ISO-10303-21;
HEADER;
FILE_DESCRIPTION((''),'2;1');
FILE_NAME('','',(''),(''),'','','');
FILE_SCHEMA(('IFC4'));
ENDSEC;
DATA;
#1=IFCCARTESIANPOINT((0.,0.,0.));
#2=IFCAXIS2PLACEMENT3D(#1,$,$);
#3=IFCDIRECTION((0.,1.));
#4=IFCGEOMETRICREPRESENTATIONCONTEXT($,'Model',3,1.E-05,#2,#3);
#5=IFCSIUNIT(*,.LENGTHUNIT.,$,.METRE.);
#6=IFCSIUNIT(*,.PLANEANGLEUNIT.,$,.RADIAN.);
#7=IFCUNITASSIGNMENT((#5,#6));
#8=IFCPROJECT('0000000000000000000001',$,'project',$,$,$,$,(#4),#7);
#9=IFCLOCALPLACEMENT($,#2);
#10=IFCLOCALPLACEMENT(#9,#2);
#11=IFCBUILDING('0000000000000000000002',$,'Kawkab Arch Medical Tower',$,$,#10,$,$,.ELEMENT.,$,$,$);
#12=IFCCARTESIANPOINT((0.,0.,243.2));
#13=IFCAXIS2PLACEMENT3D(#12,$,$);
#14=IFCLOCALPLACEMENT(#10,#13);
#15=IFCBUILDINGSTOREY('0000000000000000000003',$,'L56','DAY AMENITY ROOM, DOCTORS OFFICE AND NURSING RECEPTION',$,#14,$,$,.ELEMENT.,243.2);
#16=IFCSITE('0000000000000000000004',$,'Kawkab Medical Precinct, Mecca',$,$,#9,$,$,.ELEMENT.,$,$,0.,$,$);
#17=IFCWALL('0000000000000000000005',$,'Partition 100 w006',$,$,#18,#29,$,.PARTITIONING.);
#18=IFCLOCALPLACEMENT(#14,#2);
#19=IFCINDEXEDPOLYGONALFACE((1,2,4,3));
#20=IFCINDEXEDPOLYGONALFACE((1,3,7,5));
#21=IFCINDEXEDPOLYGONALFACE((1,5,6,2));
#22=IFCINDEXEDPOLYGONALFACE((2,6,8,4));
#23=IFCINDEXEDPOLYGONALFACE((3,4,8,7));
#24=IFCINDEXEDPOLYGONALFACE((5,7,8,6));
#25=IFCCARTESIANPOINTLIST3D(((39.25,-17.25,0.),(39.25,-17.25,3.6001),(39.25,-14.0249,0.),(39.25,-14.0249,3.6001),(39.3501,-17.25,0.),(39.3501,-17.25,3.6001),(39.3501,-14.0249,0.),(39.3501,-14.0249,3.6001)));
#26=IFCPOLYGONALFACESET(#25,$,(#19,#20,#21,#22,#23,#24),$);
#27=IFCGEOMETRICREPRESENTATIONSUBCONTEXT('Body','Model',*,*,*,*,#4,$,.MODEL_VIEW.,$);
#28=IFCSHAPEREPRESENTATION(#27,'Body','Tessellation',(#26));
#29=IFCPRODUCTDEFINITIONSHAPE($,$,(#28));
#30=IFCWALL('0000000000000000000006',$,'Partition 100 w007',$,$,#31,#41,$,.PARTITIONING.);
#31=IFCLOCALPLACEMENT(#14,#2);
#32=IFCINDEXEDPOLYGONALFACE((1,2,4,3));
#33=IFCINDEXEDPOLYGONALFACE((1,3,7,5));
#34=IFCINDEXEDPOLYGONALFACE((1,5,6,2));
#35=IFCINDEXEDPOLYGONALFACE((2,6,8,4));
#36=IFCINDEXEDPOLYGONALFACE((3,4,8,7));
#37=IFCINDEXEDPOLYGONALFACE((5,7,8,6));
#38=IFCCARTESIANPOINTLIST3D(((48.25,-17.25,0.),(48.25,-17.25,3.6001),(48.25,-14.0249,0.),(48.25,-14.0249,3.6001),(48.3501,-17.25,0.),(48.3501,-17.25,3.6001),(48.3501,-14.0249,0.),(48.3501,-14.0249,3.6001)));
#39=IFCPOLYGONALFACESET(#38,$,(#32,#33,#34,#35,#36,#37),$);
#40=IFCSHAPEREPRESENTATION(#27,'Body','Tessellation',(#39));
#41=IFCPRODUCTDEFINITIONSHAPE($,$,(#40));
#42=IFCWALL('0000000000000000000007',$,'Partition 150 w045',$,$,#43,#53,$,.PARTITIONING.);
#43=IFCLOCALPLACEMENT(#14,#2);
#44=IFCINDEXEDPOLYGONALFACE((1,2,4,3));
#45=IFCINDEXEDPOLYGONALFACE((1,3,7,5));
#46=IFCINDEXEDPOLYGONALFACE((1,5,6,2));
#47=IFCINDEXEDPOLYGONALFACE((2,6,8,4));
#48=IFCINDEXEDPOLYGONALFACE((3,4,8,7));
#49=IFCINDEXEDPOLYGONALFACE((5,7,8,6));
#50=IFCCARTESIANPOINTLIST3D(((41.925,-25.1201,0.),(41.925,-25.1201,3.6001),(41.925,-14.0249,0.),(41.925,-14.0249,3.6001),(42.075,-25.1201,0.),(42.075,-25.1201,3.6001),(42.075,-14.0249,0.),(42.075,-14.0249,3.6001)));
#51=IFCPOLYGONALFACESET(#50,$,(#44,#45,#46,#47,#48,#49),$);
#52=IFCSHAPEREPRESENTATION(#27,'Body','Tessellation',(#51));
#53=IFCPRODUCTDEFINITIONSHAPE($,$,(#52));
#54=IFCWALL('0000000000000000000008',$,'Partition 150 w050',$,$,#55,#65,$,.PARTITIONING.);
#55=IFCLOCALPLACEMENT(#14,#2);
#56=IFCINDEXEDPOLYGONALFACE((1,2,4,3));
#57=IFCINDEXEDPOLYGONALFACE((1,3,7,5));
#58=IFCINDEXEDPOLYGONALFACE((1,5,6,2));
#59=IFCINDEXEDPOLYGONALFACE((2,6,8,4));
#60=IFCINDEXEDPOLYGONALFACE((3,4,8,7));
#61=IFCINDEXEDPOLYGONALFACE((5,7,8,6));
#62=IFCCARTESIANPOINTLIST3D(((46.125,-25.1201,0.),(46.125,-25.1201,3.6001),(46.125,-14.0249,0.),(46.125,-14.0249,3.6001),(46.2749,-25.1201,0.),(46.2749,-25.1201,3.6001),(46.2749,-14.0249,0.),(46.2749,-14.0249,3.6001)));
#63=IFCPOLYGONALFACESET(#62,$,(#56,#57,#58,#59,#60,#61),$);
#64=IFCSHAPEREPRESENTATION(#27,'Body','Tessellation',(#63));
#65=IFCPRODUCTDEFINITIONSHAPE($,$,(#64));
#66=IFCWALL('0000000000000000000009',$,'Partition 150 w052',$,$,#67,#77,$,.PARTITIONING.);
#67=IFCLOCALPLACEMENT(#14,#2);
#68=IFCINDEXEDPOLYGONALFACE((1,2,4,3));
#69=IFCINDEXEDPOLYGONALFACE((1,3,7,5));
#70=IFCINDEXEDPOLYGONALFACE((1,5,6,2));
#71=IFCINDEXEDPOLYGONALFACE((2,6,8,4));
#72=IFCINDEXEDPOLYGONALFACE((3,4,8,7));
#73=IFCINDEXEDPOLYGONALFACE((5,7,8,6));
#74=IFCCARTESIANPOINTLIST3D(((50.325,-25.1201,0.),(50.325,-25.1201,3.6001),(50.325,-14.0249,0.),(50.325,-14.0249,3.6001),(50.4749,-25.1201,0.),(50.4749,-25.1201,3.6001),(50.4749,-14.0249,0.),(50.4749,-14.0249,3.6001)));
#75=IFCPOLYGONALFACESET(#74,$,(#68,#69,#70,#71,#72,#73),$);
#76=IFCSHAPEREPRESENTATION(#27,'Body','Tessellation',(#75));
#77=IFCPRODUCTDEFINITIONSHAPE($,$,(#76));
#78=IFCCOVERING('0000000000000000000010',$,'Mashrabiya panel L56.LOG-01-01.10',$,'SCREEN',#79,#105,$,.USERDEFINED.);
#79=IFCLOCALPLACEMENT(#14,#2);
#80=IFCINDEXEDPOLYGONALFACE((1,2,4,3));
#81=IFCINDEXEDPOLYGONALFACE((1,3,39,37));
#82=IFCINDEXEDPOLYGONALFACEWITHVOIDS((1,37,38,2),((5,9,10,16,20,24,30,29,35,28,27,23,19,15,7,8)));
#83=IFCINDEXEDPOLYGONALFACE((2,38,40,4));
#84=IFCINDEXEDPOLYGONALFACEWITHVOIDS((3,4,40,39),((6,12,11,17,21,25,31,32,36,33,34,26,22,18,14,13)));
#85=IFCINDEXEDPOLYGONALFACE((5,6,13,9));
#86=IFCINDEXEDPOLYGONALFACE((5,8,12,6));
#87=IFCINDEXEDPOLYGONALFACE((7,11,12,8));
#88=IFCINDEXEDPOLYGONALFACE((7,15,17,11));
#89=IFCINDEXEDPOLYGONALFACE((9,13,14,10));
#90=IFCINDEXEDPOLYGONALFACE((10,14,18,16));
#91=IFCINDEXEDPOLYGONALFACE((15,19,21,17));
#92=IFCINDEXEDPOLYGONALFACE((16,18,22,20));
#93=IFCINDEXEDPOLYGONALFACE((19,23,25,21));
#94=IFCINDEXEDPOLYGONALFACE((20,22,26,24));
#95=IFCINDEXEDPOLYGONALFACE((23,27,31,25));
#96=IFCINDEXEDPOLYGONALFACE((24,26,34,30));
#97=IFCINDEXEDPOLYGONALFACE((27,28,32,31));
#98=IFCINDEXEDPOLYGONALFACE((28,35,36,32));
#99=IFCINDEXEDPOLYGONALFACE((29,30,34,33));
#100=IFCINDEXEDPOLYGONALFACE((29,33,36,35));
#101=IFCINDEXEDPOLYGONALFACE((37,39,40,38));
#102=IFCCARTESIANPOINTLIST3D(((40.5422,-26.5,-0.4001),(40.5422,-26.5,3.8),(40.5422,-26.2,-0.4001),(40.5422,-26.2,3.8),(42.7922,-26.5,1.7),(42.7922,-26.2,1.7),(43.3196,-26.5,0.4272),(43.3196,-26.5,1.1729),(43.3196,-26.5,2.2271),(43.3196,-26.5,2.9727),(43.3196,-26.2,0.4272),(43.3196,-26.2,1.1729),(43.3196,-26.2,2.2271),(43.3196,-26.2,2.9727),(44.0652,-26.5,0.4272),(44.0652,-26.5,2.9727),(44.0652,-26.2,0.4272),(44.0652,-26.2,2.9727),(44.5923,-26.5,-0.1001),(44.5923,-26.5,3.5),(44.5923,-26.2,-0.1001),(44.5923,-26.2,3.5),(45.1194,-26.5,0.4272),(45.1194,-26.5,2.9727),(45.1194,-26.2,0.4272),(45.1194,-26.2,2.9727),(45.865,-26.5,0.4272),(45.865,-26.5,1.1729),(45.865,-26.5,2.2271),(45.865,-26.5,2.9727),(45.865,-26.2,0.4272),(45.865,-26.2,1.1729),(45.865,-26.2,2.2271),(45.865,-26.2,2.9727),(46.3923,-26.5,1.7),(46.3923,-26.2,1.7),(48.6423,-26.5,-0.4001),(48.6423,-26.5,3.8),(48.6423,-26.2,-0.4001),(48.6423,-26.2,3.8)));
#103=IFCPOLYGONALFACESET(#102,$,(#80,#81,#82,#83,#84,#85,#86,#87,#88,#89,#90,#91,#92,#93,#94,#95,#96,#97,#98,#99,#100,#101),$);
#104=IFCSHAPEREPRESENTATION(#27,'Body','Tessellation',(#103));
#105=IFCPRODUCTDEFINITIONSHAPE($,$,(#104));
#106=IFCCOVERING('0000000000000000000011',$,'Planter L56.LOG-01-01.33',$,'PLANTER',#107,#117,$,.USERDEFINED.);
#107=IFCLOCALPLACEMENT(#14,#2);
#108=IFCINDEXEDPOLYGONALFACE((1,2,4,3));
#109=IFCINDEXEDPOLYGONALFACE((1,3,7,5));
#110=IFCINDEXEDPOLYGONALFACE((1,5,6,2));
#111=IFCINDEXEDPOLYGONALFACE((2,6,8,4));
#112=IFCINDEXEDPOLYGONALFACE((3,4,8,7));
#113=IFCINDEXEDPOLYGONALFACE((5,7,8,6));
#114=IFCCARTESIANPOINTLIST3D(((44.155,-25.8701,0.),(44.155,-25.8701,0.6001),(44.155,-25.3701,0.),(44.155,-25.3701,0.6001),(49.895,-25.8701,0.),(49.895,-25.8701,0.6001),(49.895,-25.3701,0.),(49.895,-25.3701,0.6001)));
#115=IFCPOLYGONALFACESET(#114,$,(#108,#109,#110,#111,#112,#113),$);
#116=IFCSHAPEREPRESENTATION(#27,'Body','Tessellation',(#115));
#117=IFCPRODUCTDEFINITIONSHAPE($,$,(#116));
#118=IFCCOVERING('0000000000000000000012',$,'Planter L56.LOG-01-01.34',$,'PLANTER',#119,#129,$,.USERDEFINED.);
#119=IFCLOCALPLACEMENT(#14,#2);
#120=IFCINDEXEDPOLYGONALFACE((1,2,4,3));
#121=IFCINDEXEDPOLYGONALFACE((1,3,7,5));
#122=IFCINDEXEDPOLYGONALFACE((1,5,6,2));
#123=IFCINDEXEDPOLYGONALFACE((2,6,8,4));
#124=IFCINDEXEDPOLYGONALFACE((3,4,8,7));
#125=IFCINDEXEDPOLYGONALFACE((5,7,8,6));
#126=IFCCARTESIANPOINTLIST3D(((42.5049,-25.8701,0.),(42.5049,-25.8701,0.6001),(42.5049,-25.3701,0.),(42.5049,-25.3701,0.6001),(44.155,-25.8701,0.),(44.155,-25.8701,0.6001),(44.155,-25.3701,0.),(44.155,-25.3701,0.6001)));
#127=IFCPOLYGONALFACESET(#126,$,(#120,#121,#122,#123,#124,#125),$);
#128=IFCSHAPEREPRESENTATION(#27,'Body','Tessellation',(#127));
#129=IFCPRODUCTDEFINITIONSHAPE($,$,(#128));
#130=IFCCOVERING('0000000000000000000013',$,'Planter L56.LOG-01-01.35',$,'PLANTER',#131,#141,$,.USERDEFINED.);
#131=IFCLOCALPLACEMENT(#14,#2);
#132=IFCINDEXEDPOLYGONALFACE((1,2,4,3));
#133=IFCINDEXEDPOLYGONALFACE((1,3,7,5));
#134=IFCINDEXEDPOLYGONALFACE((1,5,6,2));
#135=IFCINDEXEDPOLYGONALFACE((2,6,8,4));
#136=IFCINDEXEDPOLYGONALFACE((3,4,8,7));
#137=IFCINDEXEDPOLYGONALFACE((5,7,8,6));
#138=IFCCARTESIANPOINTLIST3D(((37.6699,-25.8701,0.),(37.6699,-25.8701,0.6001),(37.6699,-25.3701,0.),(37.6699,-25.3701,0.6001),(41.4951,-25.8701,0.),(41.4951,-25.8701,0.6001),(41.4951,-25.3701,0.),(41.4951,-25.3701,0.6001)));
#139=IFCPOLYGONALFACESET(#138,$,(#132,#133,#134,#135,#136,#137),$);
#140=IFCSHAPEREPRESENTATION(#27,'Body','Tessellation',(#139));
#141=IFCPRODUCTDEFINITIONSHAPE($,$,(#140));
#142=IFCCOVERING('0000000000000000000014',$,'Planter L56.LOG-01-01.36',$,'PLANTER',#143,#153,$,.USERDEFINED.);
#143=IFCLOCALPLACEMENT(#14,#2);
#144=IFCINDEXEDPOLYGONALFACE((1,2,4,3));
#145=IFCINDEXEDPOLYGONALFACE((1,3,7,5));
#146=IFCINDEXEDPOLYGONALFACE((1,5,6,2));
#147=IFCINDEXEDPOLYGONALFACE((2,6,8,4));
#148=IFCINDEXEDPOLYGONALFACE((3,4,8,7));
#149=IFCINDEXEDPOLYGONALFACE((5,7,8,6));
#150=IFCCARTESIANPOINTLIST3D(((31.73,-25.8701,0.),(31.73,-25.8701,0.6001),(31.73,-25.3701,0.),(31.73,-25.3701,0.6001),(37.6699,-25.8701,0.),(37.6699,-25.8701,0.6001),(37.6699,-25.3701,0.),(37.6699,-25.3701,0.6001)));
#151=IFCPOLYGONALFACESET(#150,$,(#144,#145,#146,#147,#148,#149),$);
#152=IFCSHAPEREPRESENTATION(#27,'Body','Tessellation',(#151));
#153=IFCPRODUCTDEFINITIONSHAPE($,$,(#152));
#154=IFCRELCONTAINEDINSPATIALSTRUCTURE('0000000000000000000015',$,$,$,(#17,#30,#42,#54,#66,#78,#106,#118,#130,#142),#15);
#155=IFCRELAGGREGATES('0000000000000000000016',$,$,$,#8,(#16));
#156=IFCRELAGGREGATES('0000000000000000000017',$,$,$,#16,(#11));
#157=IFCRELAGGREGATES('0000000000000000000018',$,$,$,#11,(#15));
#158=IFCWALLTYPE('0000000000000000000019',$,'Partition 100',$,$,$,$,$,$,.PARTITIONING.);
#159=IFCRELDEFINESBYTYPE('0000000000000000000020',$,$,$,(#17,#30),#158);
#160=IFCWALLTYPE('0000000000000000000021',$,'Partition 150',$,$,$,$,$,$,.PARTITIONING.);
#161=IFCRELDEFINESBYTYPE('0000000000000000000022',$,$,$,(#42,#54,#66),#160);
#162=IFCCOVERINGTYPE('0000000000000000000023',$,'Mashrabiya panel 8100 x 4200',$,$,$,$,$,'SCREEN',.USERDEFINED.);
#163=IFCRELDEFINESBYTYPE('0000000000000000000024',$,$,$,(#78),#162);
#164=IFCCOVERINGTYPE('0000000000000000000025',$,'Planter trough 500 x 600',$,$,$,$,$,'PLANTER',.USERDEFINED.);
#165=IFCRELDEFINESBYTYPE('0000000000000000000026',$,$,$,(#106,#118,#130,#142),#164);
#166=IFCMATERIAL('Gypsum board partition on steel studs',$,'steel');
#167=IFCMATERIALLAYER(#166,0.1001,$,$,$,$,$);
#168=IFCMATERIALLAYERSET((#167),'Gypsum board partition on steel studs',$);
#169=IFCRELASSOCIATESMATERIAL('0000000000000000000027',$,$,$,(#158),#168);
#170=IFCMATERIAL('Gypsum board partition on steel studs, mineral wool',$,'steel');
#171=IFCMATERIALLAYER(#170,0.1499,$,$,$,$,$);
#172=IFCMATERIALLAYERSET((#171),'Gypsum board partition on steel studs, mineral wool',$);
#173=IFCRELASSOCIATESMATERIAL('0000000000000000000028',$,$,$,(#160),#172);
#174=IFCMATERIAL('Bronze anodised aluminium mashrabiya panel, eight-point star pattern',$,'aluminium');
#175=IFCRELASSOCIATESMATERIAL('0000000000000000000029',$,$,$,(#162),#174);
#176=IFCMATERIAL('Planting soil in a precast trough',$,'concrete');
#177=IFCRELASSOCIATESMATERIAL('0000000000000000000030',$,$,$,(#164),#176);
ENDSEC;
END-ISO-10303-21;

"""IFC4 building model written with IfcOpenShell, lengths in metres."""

from ifc_helpers import new_model, si_unit, direction, frame, frame_2d, origin, origin_2d, place, context, subcontext, project, spatial, polyline, rectangle, outline, extrude, material, layer, layer_set, material_profile, profile_set, type_object, element, save


model = new_model("IFC4")

# Units and contexts
model_context = context("Model", 3, precision=1e-05, world=origin(), true_north=direction((0.0, 1.0)))
body_context = subcontext(model_context, "Body", "Model", "MODEL_VIEW")
ifc_project = project(units=[si_unit("LENGTHUNIT", "METRE"), si_unit("PLANEANGLEUNIT", "RADIAN")], contexts=[model_context])

# Site, building, storey
site_placement = place(None, origin())
site = spatial("IfcSite", under=ifc_project, at=site_placement, Name="Kawkab Medical Precinct, Mecca", CompositionType="ELEMENT", RefElevation=0.0)
building_placement = place(site_placement, origin())
building = spatial("IfcBuilding", under=site, at=building_placement, Name="Kawkab Arch Medical Tower", CompositionType="ELEMENT")
storey_placement = place(building_placement, frame((0.0, 0.0, 243.2)))
storey = spatial("IfcBuildingStorey", under=building, at=storey_placement, Name="L56", Description="DAY AMENITY ROOM, DOCTORS OFFICE AND NURSING RECEPTION", CompositionType="ELEMENT", Elevation=243.2)

# Shared definitions
ifc_material_1 = material(Name="Gypsum board partition on steel studs", Category="steel")
ifc_layer_1 = layer(ifc_material_1, 0.1001)
ifc_layer_set_1 = layer_set([ifc_layer_1], Name="Gypsum board partition on steel studs")
wall_type_1 = type_object("IfcWallType", Name="Partition 100", PredefinedType="PARTITIONING", material=ifc_layer_set_1)

# Walls
for number, where, z_axis, x_axis, name in (
    (1, (39.3, -17.25, 0.0), (0.0, 0.0, 1.0), (0.0, 1.0, 0.0), "Partition 100 w006"),
    (2, (48.3, -17.25, 0.0), (0.0, 0.0, 1.0), (0.0, 1.0, 0.0), "Partition 100 w007"),
):
    element("IfcWall", number, at=place(storey_placement, frame(where, z_axis=z_axis, x_axis=x_axis)), inside=storey, type_object=wall_type_1, Name=name, PredefinedType="PARTITIONING", context=body_context, shape_type="SweptSolid", body=[
        extrude(rectangle(XDim=3.2251, YDim=0.1001, at=frame_2d((1.6125, 0.0))), origin(), (0.0, 0.0, 1.0), 3.6001),
    ])
ifc_material_2 = material(Name="Gypsum board partition on steel studs, mineral wool", Category="steel")
ifc_layer_2 = layer(ifc_material_2, 0.1499)
ifc_layer_set_2 = layer_set([ifc_layer_2], Name="Gypsum board partition on steel studs, mineral wool")
wall_type_2 = type_object("IfcWallType", Name="Partition 150", PredefinedType="PARTITIONING", material=ifc_layer_set_2)
for number, where, z_axis, x_axis, name in (
    (3, (42.0, -25.1201, 0.0), (0.0, 0.0, 1.0), (0.0, 1.0, 0.0), "Partition 150 w045"),
    (4, (46.2, -25.1201, 0.0), (0.0, 0.0, 1.0), (0.0, 1.0, 0.0), "Partition 150 w050"),
    (5, (50.3999, -25.1201, 0.0), (0.0, 0.0, 1.0), (0.0, 1.0, 0.0), "Partition 150 w052"),
):
    element("IfcWall", number, at=place(storey_placement, frame(where, z_axis=z_axis, x_axis=x_axis)), inside=storey, type_object=wall_type_2, Name=name, PredefinedType="PARTITIONING", context=body_context, shape_type="SweptSolid", body=[
        extrude(rectangle(XDim=11.0952, YDim=0.1499, at=frame_2d((5.5476, 0.0))), origin(), (0.0, 0.0, 1.0), 3.6001),
    ])

# Coverings
ifc_material_3 = material(Name="Bronze anodised aluminium mashrabiya panel, eight-point star pattern", Category="aluminium")
ifc_material_profile_1 = material_profile(ifc_material_3, outline(polyline([(-4.05, -2.1001), (4.05, -2.1001), (4.05, 2.1001), (-4.05, 2.1001), (-4.05, -2.1001)]), holes=[polyline([(1.8, 0.0), (1.2727, 0.5271), (1.2727, 1.2727), (0.5271, 1.2727), (0.0, 1.8), (-0.5271, 1.2727), (-1.2727, 1.2727), (-1.2727, 0.5271), (-1.8, 0.0), (-1.2727, -0.5271), (-1.2727, -1.2727), (-0.5271, -1.2727), (0.0, -1.8), (0.5271, -1.2727), (1.2727, -1.2727), (1.2727, -0.5271), (1.8, 0.0)])]), Name="Mashrabiya panel 8100x4200")
ifc_profile_set_1 = profile_set([ifc_material_profile_1], Name="Bronze anodised aluminium mashrabiya panel, eight-point star pattern")
covering_type_1 = type_object("IfcCoveringType", Name="Mashrabiya panel 8100 x 4200", ElementType="SCREEN", PredefinedType="USERDEFINED", material=ifc_profile_set_1)
covering_1_placement = place(storey_placement, frame((44.5923, -26.2, 1.7), z_axis=(0.0, -1.0, 0.0), x_axis=(1.0, 0.0, 0.0)))
element("IfcCovering", 6, at=covering_1_placement, inside=storey, type_object=covering_type_1, Name="Mashrabiya panel L56.LOG-01-01.10", ObjectType="SCREEN", PredefinedType="USERDEFINED", context=body_context, shape_type="SweptSolid", body=[
    extrude(outline(polyline([(-4.05, -2.1001), (4.05, -2.1001), (4.05, 2.1001), (-4.05, 2.1001), (-4.05, -2.1001)]), holes=[polyline([(1.8, 0.0), (1.2727, 0.5271), (1.2727, 1.2727), (0.5271, 1.2727), (0.0, 1.8), (-0.5271, 1.2727), (-1.2727, 1.2727), (-1.2727, 0.5271), (-1.8, 0.0), (-1.2727, -0.5271), (-1.2727, -1.2727), (-0.5271, -1.2727), (0.0, -1.8), (0.5271, -1.2727), (1.2727, -1.2727), (1.2727, -0.5271), (1.8, 0.0)])]), origin(), (0.0, 0.0, 1.0), 0.3),
])
ifc_material_4 = material(Name="Planting soil in a precast trough", Category="concrete")
ifc_material_profile_2 = material_profile(ifc_material_4, rectangle(XDim=0.5, YDim=0.6001, at=origin_2d()), Name="Trough 500x600")
ifc_profile_set_2 = profile_set([ifc_material_profile_2], Name="Planting soil in a precast trough")
covering_type_2 = type_object("IfcCoveringType", Name="Planter trough 500 x 600", ElementType="PLANTER", PredefinedType="USERDEFINED", material=ifc_profile_set_2)
covering_2_placement = place(storey_placement, frame((49.895, -25.6201, 0.3), z_axis=(-1.0, 0.0, 0.0), x_axis=(0.0, -1.0, 0.0)))
element("IfcCovering", 7, at=covering_2_placement, inside=storey, type_object=covering_type_2, Name="Planter L56.LOG-01-01.33", ObjectType="PLANTER", PredefinedType="USERDEFINED", context=body_context, shape_type="SweptSolid", body=[
    extrude(rectangle(XDim=0.5, YDim=0.6001, at=origin_2d()), origin(), (0.0, 0.0, 1.0), 5.74),
])
covering_3_placement = place(storey_placement, frame((44.155, -25.6201, 0.3), z_axis=(-1.0, 0.0, 0.0), x_axis=(0.0, -1.0, 0.0)))
element("IfcCovering", 8, at=covering_3_placement, inside=storey, type_object=covering_type_2, Name="Planter L56.LOG-01-01.34", ObjectType="PLANTER", PredefinedType="USERDEFINED", context=body_context, shape_type="SweptSolid", body=[
    extrude(rectangle(XDim=0.5, YDim=0.6001, at=origin_2d()), origin(), (0.0, 0.0, 1.0), 1.6501),
])
covering_4_placement = place(storey_placement, frame((41.4951, -25.6201, 0.3), z_axis=(-1.0, 0.0, 0.0), x_axis=(0.0, -1.0, 0.0)))
element("IfcCovering", 9, at=covering_4_placement, inside=storey, type_object=covering_type_2, Name="Planter L56.LOG-01-01.35", ObjectType="PLANTER", PredefinedType="USERDEFINED", context=body_context, shape_type="SweptSolid", body=[
    extrude(rectangle(XDim=0.5, YDim=0.6001, at=origin_2d()), origin(), (0.0, 0.0, 1.0), 3.8252),
])
covering_5_placement = place(storey_placement, frame((37.6699, -25.6201, 0.3), z_axis=(-1.0, 0.0, 0.0), x_axis=(0.0, -1.0, 0.0)))
element("IfcCovering", 10, at=covering_5_placement, inside=storey, type_object=covering_type_2, Name="Planter L56.LOG-01-01.36", ObjectType="PLANTER", PredefinedType="USERDEFINED", context=body_context, shape_type="SweptSolid", body=[
    extrude(rectangle(XDim=0.5, YDim=0.6001, at=origin_2d()), origin(), (0.0, 0.0, 1.0), 5.9399),
])

save(model, "model.ifc")
